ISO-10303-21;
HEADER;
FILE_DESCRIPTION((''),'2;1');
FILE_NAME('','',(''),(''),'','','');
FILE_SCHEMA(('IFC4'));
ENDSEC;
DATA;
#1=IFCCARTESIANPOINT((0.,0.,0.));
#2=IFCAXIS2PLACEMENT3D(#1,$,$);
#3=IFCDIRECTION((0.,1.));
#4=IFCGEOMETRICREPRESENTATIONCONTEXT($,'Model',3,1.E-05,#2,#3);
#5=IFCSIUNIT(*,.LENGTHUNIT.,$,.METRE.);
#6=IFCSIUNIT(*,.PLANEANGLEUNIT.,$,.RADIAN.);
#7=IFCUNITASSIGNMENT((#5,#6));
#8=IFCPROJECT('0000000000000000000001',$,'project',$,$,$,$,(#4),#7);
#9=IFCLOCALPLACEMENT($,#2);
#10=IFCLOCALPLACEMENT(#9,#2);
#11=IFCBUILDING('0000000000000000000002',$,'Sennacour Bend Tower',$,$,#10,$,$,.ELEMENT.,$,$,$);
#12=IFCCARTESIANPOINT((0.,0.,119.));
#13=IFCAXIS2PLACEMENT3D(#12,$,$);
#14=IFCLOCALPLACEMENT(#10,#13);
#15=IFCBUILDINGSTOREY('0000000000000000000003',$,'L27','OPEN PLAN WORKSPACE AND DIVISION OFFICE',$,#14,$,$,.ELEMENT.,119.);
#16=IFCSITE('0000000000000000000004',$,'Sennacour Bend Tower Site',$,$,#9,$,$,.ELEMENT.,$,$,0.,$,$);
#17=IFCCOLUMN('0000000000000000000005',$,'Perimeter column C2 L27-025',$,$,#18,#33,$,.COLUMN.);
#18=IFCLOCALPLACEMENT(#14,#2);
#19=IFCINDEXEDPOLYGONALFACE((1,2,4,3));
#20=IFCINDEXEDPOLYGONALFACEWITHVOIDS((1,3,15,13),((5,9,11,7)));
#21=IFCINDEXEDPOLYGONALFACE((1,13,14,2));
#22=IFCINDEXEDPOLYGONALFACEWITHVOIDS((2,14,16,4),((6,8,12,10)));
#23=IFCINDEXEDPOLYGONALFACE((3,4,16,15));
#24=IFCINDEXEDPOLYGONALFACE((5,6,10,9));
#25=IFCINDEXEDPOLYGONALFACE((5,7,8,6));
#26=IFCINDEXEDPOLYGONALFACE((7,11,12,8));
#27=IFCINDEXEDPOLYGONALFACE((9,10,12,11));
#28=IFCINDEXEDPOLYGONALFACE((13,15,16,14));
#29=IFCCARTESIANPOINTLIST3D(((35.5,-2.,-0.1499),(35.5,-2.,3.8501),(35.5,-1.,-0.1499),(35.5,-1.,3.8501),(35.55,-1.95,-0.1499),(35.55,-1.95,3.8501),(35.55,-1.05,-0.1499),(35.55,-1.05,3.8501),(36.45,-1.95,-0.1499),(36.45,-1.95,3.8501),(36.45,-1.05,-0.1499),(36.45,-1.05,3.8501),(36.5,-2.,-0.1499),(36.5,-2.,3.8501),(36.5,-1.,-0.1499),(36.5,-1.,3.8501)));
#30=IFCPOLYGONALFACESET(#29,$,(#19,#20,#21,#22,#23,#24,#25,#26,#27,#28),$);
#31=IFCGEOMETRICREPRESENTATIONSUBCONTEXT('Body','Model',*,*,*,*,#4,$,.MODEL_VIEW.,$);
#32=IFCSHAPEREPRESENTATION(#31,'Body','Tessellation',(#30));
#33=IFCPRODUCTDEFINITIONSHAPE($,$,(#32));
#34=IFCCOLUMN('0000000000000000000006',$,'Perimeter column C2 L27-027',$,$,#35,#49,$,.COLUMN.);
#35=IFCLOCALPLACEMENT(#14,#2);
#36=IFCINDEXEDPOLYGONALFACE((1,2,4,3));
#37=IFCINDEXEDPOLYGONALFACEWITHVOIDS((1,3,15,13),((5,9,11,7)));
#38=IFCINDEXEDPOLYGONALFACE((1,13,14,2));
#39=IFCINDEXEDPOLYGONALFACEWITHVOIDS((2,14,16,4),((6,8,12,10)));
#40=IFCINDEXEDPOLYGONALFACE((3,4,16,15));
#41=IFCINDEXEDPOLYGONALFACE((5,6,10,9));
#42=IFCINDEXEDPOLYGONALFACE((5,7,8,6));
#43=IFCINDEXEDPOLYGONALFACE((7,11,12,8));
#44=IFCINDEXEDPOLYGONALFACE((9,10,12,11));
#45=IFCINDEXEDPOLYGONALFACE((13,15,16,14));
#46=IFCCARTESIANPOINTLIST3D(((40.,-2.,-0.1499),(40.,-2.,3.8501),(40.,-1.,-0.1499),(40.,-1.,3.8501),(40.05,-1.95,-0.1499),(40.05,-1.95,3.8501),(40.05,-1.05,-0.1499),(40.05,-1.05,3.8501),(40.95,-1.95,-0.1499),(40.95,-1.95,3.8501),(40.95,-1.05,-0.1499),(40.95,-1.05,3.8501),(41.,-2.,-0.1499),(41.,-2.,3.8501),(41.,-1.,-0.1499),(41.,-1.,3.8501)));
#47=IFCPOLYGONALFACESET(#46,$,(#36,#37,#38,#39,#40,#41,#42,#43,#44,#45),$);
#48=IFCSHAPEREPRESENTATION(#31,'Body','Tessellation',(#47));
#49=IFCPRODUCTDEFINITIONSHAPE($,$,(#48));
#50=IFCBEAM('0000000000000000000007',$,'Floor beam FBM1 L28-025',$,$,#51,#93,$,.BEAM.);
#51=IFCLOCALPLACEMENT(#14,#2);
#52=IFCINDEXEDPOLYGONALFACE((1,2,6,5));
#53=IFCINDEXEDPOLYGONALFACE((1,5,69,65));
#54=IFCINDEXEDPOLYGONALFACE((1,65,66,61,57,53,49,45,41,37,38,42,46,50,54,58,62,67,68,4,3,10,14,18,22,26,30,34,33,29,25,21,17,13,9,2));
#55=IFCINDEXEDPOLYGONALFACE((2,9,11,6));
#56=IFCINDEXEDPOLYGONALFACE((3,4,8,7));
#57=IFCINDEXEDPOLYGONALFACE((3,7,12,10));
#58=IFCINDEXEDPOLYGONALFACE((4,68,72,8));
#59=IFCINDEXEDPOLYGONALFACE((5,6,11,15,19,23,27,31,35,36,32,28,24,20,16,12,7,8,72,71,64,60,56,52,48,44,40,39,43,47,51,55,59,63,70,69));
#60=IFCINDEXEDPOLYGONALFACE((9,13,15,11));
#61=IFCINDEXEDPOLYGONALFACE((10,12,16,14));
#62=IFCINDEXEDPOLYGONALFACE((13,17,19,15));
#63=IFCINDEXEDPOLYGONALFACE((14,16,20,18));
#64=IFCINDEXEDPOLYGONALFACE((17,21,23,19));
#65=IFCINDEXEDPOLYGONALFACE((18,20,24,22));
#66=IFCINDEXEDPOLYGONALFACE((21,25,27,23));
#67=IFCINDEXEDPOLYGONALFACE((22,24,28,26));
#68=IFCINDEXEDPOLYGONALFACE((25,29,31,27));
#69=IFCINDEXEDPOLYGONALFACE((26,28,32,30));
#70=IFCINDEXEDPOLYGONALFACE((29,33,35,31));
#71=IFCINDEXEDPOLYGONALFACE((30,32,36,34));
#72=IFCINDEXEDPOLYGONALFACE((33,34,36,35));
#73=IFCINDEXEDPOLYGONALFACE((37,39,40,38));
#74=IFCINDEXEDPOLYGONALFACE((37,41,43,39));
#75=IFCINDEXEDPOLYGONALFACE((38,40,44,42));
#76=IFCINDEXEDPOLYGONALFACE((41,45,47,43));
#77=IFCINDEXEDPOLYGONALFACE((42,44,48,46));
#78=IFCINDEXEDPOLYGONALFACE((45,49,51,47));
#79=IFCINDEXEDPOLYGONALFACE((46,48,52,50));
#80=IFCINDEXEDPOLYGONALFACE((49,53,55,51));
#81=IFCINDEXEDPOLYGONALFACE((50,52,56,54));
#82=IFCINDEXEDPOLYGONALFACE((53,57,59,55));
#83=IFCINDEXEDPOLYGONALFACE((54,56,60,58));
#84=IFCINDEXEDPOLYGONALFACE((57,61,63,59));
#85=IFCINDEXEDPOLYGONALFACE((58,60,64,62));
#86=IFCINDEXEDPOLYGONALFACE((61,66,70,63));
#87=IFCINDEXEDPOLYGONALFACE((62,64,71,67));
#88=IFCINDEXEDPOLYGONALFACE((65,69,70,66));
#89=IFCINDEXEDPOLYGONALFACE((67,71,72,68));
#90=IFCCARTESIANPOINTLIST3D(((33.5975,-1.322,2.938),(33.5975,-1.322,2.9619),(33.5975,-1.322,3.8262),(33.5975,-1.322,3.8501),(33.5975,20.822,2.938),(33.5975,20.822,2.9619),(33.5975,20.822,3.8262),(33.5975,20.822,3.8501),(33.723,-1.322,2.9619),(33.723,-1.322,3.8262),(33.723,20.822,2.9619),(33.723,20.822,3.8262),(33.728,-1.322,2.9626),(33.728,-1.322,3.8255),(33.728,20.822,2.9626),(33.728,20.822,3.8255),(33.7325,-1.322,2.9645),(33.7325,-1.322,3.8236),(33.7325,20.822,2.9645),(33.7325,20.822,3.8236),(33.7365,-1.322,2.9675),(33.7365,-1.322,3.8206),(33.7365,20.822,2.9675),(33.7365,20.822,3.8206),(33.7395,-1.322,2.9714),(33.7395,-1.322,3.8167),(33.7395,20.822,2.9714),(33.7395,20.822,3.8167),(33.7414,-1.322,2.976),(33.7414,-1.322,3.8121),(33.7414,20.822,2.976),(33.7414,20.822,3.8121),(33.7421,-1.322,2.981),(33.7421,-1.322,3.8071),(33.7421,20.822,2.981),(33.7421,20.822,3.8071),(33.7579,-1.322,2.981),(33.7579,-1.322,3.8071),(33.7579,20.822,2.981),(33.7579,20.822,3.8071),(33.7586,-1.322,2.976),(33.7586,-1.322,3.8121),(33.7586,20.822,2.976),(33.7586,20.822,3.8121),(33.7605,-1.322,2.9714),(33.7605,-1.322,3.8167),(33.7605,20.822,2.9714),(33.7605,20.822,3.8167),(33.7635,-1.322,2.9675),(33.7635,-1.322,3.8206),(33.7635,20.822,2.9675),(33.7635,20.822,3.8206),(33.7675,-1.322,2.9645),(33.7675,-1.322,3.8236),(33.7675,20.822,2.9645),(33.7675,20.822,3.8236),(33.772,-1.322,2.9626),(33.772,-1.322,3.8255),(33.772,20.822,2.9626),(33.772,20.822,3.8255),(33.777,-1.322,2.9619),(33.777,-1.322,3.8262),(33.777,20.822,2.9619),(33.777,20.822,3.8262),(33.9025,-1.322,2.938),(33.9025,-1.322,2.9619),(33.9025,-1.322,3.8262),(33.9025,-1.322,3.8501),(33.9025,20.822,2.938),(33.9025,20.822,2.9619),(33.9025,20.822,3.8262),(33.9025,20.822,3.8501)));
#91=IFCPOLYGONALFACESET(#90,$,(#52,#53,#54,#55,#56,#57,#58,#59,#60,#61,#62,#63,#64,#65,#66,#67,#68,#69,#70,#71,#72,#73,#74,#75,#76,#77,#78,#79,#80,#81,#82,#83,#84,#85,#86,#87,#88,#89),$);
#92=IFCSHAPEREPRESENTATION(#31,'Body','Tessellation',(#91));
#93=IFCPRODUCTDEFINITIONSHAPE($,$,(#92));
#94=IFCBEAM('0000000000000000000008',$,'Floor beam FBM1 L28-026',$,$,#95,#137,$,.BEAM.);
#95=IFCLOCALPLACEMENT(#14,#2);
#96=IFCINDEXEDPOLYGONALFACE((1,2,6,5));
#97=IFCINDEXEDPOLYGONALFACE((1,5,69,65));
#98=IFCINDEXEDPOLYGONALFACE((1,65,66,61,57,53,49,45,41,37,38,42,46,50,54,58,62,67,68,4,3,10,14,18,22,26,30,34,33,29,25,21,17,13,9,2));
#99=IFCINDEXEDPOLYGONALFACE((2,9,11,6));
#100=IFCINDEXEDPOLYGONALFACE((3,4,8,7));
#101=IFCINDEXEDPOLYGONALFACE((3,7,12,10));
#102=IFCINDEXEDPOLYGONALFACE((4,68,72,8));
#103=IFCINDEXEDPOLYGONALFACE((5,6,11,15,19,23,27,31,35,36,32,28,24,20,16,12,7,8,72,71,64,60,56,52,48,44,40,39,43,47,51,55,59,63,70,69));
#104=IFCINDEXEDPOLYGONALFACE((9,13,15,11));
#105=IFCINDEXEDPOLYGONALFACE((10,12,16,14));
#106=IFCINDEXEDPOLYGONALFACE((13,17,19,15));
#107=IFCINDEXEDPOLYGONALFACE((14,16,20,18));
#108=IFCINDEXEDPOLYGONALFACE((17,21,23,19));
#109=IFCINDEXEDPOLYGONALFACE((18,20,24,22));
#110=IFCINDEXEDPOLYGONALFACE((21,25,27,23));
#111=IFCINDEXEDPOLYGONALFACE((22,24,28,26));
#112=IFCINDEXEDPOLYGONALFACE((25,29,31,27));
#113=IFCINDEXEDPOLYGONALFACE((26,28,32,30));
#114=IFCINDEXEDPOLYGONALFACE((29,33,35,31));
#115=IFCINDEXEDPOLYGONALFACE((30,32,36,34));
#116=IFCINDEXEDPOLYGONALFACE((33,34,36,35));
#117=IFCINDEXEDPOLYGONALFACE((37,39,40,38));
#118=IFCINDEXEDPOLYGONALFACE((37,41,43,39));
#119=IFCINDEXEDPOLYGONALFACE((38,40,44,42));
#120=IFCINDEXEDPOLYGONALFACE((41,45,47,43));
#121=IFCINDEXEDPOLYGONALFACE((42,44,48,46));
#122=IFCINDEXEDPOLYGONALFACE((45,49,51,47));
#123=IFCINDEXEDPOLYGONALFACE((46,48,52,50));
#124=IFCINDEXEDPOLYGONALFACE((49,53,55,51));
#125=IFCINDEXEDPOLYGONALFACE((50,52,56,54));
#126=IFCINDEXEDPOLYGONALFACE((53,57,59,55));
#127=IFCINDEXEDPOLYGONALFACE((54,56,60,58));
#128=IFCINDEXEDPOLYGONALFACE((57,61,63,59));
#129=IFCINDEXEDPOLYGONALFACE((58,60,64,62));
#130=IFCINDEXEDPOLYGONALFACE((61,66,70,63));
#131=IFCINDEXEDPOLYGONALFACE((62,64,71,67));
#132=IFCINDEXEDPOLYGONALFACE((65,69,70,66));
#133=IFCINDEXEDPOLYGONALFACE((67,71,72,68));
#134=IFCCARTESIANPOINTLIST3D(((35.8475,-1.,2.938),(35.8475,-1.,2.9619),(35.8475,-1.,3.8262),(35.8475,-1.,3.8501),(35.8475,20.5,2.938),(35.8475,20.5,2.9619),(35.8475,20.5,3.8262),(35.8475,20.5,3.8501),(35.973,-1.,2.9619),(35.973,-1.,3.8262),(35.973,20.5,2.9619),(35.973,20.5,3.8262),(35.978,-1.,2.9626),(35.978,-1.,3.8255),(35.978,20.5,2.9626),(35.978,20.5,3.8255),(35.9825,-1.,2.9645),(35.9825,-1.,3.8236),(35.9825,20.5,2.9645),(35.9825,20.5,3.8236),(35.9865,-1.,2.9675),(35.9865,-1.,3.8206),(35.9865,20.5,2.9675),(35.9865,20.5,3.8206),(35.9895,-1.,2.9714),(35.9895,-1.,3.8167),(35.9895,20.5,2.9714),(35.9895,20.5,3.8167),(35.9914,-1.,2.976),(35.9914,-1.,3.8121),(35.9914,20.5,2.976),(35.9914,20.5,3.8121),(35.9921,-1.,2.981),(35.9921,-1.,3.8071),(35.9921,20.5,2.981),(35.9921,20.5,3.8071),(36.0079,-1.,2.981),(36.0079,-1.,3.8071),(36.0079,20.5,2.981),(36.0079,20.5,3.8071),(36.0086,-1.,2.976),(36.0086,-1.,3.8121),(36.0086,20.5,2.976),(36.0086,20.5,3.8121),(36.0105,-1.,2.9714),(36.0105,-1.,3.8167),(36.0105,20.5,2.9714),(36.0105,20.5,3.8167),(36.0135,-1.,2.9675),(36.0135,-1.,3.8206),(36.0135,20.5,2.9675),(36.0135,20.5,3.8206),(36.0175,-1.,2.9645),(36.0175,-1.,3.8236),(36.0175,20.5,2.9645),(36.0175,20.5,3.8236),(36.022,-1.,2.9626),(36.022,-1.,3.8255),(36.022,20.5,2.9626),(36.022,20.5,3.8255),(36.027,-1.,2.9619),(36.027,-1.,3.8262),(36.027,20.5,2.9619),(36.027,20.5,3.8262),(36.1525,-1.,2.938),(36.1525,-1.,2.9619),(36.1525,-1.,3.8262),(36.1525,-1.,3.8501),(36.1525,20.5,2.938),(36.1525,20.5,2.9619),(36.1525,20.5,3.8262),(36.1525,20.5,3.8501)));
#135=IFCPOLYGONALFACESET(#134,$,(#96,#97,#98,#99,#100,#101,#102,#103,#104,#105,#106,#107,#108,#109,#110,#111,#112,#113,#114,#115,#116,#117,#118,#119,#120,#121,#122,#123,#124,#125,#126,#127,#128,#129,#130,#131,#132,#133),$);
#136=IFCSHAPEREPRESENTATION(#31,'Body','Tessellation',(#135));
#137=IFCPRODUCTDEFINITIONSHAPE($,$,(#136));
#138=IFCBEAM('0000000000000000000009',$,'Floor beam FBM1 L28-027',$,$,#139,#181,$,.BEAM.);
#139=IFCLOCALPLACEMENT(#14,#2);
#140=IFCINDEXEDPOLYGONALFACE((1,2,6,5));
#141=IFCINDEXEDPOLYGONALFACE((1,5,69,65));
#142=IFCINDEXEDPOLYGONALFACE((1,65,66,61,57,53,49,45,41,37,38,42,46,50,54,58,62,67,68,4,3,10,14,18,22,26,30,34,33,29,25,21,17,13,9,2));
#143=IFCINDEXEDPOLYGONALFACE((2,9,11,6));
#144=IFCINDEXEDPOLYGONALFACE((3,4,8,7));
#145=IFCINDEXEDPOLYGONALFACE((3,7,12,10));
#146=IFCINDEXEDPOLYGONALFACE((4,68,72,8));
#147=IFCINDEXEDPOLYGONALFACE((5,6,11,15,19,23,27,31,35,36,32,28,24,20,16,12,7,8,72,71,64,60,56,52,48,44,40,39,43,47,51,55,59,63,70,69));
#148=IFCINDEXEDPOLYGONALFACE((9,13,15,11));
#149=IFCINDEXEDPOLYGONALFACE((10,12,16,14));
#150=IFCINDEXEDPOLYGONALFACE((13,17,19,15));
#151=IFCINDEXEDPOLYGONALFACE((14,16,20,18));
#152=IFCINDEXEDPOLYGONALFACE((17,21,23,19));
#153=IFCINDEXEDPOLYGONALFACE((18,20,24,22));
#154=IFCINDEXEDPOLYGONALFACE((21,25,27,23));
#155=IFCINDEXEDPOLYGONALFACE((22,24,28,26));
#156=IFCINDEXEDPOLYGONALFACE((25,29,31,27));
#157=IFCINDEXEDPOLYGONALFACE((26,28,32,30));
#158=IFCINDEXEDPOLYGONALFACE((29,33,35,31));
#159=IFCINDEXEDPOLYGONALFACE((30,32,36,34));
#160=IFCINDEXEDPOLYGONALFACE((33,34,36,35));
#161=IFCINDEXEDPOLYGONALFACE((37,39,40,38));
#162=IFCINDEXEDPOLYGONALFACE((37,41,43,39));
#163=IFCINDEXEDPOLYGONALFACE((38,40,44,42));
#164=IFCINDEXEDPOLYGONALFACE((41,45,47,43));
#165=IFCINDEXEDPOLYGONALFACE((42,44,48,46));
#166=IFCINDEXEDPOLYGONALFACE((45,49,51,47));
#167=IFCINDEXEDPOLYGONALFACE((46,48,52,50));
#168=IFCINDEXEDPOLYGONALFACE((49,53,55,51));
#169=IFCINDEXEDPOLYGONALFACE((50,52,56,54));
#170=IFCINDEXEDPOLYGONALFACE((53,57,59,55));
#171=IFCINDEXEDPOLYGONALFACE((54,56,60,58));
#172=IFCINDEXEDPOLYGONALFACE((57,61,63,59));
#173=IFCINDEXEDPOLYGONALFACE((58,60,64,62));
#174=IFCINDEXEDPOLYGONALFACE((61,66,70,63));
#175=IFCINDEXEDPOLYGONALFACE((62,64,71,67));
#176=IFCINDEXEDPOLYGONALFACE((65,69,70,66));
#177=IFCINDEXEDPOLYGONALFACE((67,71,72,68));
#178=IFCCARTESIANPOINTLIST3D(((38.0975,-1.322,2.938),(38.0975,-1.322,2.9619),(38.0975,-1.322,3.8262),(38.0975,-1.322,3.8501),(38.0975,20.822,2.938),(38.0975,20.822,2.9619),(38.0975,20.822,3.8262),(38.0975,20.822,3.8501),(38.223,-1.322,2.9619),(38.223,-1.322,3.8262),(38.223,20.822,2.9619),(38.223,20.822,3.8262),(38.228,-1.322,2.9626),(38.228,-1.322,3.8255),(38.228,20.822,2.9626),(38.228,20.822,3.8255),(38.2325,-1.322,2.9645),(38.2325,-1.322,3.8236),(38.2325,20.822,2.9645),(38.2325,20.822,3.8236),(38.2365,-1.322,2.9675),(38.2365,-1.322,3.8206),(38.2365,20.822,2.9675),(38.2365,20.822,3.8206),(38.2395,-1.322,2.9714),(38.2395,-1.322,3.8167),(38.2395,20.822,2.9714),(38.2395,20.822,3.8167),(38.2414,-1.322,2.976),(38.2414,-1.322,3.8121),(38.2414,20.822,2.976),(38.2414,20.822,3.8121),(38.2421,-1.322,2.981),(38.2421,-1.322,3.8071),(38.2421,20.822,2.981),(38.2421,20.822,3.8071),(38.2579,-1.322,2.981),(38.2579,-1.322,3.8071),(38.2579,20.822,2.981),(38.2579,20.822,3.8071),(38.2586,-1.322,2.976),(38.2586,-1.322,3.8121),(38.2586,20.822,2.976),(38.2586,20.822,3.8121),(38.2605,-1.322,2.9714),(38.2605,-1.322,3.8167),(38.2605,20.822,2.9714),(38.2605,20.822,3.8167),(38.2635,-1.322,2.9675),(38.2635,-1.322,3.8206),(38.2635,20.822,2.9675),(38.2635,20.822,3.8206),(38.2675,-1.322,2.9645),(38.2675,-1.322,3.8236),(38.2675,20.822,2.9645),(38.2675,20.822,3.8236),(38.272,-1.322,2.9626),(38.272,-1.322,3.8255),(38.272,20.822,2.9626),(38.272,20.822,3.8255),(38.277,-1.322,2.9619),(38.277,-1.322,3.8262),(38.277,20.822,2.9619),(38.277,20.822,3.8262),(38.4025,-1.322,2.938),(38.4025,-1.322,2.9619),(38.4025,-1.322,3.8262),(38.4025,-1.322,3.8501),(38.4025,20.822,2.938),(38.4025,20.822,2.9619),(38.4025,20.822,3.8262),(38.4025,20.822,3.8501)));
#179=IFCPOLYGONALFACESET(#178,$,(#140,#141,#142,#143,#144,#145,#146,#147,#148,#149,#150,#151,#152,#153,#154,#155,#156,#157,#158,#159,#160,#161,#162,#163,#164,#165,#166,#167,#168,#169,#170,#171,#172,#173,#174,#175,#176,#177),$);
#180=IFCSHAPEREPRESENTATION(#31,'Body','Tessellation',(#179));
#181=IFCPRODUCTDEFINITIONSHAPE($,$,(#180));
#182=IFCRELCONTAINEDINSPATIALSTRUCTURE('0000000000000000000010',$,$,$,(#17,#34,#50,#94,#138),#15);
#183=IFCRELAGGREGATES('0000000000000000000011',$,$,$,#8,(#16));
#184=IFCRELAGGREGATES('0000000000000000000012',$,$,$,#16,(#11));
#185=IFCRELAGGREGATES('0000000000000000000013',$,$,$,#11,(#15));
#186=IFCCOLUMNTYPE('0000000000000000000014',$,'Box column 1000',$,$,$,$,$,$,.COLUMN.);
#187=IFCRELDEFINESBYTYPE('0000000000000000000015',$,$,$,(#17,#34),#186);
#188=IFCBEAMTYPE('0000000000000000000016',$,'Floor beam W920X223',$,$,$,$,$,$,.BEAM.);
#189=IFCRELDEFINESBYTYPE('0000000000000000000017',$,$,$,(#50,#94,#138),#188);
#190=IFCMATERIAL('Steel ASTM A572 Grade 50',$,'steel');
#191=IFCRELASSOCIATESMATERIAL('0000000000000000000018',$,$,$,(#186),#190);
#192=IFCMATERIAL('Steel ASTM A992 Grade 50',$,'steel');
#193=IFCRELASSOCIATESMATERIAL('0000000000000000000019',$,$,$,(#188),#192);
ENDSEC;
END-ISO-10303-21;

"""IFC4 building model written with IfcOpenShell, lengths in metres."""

from ifc_helpers import new_model, si_unit, direction, frame, origin, origin_2d, place, context, subcontext, project, spatial, hollow_rectangle, i_section, extrude, material, material_profile, profile_set, type_object, element, save


model = new_model("IFC4")

# Units and contexts
model_context = context("Model", 3, precision=1e-05, world=origin(), true_north=direction((0.0, 1.0)))
body_context = subcontext(model_context, "Body", "Model", "MODEL_VIEW")
ifc_project = project(units=[si_unit("LENGTHUNIT", "METRE"), si_unit("PLANEANGLEUNIT", "RADIAN")], contexts=[model_context])

# Site, building, storey
site_placement = place(None, origin())
site = spatial("IfcSite", under=ifc_project, at=site_placement, Name="Sennacour Bend Tower Site", CompositionType="ELEMENT", RefElevation=0.0)
building_placement = place(site_placement, origin())
building = spatial("IfcBuilding", under=site, at=building_placement, Name="Sennacour Bend Tower", CompositionType="ELEMENT")
storey_placement = place(building_placement, frame((0.0, 0.0, 119.0)))
storey = spatial("IfcBuildingStorey", under=building, at=storey_placement, Name="L27", Description="OPEN PLAN WORKSPACE AND DIVISION OFFICE", CompositionType="ELEMENT", Elevation=119.0)

# Columns
ifc_material_1 = material(Name="Steel ASTM A572 Grade 50", Category="steel")
ifc_material_profile_1 = material_profile(ifc_material_1, hollow_rectangle(XDim=1.0, YDim=1.0, WallThickness=0.05, at=origin_2d()), Name="Steel ASTM A572 Grade 50", Category="steel")
ifc_profile_set_1 = profile_set([ifc_material_profile_1], Name="Steel ASTM A572 Grade 50")
column_type = type_object("IfcColumnType", Name="Box column 1000", PredefinedType="COLUMN", material=ifc_profile_set_1)
for number, where, z_axis, x_axis, name in (
    (1, (36.0, -1.5, -0.1499), (0.0, 0.0, 1.0), (1.0, 0.0, 0.0), "Perimeter column C2 L27-025"),
    (2, (40.5, -1.5, -0.1499), (0.0, 0.0, 1.0), (1.0, 0.0, 0.0), "Perimeter column C2 L27-027"),
):
    element("IfcColumn", number, at=place(storey_placement, frame(where, z_axis=z_axis, x_axis=x_axis)), inside=storey, type_object=column_type, Name=name, PredefinedType="COLUMN", context=body_context, shape_type="SweptSolid", body=[
        extrude(hollow_rectangle(XDim=1.0, YDim=1.0, WallThickness=0.05, at=origin_2d()), origin(), (0.0, 0.0, 1.0), 4.0),
    ])

# Beams
ifc_material_2 = material(Name="Steel ASTM A992 Grade 50", Category="steel")
ifc_material_profile_2 = material_profile(ifc_material_2, i_section(OverallWidth=0.3049, OverallDepth=0.9121, WebThickness=0.0159, FlangeThickness=0.0239, FilletRadius=0.019, at=origin_2d()), Name="Steel ASTM A992 Grade 50", Category="steel")
ifc_profile_set_2 = profile_set([ifc_material_profile_2], Name="Steel ASTM A992 Grade 50")
beam_type_1 = type_object("IfcBeamType", Name="Floor beam W920X223", PredefinedType="BEAM", material=ifc_profile_set_2)
beam_1_placement = place(storey_placement, frame((33.75, -1.322, 3.394), z_axis=(0.0, 1.0, 0.0), x_axis=(-1.0, 0.0, 0.0)))
element("IfcBeam", 3, at=beam_1_placement, inside=storey, type_object=beam_type_1, Name="Floor beam FBM1 L28-025", PredefinedType="BEAM", context=body_context, shape_type="SweptSolid", body=[
    extrude(i_section(OverallWidth=0.3049, OverallDepth=0.9121, WebThickness=0.0159, FlangeThickness=0.0239, FilletRadius=0.019, at=origin_2d()), origin(), (0.0, 0.0, 1.0), 22.144),
])
beam_2_placement = place(storey_placement, frame((36.0, -1.0, 3.394), z_axis=(0.0, 1.0, 0.0), x_axis=(-1.0, 0.0, 0.0)))
element("IfcBeam", 4, at=beam_2_placement, inside=storey, type_object=beam_type_1, Name="Floor beam FBM1 L28-026", PredefinedType="BEAM", context=body_context, shape_type="SweptSolid", body=[
    extrude(i_section(OverallWidth=0.3049, OverallDepth=0.9121, WebThickness=0.0159, FlangeThickness=0.0239, FilletRadius=0.019, at=origin_2d()), origin(), (0.0, 0.0, 1.0), 21.5),
])
beam_3_placement = place(storey_placement, frame((38.25, -1.322, 3.394), z_axis=(0.0, 1.0, 0.0), x_axis=(-1.0, 0.0, 0.0)))
element("IfcBeam", 5, at=beam_3_placement, inside=storey, type_object=beam_type_1, Name="Floor beam FBM1 L28-027", PredefinedType="BEAM", context=body_context, shape_type="SweptSolid", body=[
    extrude(i_section(OverallWidth=0.3049, OverallDepth=0.9121, WebThickness=0.0159, FlangeThickness=0.0239, FilletRadius=0.019, at=origin_2d()), origin(), (0.0, 0.0, 1.0), 22.144),
])

save(model, "model.ifc")
